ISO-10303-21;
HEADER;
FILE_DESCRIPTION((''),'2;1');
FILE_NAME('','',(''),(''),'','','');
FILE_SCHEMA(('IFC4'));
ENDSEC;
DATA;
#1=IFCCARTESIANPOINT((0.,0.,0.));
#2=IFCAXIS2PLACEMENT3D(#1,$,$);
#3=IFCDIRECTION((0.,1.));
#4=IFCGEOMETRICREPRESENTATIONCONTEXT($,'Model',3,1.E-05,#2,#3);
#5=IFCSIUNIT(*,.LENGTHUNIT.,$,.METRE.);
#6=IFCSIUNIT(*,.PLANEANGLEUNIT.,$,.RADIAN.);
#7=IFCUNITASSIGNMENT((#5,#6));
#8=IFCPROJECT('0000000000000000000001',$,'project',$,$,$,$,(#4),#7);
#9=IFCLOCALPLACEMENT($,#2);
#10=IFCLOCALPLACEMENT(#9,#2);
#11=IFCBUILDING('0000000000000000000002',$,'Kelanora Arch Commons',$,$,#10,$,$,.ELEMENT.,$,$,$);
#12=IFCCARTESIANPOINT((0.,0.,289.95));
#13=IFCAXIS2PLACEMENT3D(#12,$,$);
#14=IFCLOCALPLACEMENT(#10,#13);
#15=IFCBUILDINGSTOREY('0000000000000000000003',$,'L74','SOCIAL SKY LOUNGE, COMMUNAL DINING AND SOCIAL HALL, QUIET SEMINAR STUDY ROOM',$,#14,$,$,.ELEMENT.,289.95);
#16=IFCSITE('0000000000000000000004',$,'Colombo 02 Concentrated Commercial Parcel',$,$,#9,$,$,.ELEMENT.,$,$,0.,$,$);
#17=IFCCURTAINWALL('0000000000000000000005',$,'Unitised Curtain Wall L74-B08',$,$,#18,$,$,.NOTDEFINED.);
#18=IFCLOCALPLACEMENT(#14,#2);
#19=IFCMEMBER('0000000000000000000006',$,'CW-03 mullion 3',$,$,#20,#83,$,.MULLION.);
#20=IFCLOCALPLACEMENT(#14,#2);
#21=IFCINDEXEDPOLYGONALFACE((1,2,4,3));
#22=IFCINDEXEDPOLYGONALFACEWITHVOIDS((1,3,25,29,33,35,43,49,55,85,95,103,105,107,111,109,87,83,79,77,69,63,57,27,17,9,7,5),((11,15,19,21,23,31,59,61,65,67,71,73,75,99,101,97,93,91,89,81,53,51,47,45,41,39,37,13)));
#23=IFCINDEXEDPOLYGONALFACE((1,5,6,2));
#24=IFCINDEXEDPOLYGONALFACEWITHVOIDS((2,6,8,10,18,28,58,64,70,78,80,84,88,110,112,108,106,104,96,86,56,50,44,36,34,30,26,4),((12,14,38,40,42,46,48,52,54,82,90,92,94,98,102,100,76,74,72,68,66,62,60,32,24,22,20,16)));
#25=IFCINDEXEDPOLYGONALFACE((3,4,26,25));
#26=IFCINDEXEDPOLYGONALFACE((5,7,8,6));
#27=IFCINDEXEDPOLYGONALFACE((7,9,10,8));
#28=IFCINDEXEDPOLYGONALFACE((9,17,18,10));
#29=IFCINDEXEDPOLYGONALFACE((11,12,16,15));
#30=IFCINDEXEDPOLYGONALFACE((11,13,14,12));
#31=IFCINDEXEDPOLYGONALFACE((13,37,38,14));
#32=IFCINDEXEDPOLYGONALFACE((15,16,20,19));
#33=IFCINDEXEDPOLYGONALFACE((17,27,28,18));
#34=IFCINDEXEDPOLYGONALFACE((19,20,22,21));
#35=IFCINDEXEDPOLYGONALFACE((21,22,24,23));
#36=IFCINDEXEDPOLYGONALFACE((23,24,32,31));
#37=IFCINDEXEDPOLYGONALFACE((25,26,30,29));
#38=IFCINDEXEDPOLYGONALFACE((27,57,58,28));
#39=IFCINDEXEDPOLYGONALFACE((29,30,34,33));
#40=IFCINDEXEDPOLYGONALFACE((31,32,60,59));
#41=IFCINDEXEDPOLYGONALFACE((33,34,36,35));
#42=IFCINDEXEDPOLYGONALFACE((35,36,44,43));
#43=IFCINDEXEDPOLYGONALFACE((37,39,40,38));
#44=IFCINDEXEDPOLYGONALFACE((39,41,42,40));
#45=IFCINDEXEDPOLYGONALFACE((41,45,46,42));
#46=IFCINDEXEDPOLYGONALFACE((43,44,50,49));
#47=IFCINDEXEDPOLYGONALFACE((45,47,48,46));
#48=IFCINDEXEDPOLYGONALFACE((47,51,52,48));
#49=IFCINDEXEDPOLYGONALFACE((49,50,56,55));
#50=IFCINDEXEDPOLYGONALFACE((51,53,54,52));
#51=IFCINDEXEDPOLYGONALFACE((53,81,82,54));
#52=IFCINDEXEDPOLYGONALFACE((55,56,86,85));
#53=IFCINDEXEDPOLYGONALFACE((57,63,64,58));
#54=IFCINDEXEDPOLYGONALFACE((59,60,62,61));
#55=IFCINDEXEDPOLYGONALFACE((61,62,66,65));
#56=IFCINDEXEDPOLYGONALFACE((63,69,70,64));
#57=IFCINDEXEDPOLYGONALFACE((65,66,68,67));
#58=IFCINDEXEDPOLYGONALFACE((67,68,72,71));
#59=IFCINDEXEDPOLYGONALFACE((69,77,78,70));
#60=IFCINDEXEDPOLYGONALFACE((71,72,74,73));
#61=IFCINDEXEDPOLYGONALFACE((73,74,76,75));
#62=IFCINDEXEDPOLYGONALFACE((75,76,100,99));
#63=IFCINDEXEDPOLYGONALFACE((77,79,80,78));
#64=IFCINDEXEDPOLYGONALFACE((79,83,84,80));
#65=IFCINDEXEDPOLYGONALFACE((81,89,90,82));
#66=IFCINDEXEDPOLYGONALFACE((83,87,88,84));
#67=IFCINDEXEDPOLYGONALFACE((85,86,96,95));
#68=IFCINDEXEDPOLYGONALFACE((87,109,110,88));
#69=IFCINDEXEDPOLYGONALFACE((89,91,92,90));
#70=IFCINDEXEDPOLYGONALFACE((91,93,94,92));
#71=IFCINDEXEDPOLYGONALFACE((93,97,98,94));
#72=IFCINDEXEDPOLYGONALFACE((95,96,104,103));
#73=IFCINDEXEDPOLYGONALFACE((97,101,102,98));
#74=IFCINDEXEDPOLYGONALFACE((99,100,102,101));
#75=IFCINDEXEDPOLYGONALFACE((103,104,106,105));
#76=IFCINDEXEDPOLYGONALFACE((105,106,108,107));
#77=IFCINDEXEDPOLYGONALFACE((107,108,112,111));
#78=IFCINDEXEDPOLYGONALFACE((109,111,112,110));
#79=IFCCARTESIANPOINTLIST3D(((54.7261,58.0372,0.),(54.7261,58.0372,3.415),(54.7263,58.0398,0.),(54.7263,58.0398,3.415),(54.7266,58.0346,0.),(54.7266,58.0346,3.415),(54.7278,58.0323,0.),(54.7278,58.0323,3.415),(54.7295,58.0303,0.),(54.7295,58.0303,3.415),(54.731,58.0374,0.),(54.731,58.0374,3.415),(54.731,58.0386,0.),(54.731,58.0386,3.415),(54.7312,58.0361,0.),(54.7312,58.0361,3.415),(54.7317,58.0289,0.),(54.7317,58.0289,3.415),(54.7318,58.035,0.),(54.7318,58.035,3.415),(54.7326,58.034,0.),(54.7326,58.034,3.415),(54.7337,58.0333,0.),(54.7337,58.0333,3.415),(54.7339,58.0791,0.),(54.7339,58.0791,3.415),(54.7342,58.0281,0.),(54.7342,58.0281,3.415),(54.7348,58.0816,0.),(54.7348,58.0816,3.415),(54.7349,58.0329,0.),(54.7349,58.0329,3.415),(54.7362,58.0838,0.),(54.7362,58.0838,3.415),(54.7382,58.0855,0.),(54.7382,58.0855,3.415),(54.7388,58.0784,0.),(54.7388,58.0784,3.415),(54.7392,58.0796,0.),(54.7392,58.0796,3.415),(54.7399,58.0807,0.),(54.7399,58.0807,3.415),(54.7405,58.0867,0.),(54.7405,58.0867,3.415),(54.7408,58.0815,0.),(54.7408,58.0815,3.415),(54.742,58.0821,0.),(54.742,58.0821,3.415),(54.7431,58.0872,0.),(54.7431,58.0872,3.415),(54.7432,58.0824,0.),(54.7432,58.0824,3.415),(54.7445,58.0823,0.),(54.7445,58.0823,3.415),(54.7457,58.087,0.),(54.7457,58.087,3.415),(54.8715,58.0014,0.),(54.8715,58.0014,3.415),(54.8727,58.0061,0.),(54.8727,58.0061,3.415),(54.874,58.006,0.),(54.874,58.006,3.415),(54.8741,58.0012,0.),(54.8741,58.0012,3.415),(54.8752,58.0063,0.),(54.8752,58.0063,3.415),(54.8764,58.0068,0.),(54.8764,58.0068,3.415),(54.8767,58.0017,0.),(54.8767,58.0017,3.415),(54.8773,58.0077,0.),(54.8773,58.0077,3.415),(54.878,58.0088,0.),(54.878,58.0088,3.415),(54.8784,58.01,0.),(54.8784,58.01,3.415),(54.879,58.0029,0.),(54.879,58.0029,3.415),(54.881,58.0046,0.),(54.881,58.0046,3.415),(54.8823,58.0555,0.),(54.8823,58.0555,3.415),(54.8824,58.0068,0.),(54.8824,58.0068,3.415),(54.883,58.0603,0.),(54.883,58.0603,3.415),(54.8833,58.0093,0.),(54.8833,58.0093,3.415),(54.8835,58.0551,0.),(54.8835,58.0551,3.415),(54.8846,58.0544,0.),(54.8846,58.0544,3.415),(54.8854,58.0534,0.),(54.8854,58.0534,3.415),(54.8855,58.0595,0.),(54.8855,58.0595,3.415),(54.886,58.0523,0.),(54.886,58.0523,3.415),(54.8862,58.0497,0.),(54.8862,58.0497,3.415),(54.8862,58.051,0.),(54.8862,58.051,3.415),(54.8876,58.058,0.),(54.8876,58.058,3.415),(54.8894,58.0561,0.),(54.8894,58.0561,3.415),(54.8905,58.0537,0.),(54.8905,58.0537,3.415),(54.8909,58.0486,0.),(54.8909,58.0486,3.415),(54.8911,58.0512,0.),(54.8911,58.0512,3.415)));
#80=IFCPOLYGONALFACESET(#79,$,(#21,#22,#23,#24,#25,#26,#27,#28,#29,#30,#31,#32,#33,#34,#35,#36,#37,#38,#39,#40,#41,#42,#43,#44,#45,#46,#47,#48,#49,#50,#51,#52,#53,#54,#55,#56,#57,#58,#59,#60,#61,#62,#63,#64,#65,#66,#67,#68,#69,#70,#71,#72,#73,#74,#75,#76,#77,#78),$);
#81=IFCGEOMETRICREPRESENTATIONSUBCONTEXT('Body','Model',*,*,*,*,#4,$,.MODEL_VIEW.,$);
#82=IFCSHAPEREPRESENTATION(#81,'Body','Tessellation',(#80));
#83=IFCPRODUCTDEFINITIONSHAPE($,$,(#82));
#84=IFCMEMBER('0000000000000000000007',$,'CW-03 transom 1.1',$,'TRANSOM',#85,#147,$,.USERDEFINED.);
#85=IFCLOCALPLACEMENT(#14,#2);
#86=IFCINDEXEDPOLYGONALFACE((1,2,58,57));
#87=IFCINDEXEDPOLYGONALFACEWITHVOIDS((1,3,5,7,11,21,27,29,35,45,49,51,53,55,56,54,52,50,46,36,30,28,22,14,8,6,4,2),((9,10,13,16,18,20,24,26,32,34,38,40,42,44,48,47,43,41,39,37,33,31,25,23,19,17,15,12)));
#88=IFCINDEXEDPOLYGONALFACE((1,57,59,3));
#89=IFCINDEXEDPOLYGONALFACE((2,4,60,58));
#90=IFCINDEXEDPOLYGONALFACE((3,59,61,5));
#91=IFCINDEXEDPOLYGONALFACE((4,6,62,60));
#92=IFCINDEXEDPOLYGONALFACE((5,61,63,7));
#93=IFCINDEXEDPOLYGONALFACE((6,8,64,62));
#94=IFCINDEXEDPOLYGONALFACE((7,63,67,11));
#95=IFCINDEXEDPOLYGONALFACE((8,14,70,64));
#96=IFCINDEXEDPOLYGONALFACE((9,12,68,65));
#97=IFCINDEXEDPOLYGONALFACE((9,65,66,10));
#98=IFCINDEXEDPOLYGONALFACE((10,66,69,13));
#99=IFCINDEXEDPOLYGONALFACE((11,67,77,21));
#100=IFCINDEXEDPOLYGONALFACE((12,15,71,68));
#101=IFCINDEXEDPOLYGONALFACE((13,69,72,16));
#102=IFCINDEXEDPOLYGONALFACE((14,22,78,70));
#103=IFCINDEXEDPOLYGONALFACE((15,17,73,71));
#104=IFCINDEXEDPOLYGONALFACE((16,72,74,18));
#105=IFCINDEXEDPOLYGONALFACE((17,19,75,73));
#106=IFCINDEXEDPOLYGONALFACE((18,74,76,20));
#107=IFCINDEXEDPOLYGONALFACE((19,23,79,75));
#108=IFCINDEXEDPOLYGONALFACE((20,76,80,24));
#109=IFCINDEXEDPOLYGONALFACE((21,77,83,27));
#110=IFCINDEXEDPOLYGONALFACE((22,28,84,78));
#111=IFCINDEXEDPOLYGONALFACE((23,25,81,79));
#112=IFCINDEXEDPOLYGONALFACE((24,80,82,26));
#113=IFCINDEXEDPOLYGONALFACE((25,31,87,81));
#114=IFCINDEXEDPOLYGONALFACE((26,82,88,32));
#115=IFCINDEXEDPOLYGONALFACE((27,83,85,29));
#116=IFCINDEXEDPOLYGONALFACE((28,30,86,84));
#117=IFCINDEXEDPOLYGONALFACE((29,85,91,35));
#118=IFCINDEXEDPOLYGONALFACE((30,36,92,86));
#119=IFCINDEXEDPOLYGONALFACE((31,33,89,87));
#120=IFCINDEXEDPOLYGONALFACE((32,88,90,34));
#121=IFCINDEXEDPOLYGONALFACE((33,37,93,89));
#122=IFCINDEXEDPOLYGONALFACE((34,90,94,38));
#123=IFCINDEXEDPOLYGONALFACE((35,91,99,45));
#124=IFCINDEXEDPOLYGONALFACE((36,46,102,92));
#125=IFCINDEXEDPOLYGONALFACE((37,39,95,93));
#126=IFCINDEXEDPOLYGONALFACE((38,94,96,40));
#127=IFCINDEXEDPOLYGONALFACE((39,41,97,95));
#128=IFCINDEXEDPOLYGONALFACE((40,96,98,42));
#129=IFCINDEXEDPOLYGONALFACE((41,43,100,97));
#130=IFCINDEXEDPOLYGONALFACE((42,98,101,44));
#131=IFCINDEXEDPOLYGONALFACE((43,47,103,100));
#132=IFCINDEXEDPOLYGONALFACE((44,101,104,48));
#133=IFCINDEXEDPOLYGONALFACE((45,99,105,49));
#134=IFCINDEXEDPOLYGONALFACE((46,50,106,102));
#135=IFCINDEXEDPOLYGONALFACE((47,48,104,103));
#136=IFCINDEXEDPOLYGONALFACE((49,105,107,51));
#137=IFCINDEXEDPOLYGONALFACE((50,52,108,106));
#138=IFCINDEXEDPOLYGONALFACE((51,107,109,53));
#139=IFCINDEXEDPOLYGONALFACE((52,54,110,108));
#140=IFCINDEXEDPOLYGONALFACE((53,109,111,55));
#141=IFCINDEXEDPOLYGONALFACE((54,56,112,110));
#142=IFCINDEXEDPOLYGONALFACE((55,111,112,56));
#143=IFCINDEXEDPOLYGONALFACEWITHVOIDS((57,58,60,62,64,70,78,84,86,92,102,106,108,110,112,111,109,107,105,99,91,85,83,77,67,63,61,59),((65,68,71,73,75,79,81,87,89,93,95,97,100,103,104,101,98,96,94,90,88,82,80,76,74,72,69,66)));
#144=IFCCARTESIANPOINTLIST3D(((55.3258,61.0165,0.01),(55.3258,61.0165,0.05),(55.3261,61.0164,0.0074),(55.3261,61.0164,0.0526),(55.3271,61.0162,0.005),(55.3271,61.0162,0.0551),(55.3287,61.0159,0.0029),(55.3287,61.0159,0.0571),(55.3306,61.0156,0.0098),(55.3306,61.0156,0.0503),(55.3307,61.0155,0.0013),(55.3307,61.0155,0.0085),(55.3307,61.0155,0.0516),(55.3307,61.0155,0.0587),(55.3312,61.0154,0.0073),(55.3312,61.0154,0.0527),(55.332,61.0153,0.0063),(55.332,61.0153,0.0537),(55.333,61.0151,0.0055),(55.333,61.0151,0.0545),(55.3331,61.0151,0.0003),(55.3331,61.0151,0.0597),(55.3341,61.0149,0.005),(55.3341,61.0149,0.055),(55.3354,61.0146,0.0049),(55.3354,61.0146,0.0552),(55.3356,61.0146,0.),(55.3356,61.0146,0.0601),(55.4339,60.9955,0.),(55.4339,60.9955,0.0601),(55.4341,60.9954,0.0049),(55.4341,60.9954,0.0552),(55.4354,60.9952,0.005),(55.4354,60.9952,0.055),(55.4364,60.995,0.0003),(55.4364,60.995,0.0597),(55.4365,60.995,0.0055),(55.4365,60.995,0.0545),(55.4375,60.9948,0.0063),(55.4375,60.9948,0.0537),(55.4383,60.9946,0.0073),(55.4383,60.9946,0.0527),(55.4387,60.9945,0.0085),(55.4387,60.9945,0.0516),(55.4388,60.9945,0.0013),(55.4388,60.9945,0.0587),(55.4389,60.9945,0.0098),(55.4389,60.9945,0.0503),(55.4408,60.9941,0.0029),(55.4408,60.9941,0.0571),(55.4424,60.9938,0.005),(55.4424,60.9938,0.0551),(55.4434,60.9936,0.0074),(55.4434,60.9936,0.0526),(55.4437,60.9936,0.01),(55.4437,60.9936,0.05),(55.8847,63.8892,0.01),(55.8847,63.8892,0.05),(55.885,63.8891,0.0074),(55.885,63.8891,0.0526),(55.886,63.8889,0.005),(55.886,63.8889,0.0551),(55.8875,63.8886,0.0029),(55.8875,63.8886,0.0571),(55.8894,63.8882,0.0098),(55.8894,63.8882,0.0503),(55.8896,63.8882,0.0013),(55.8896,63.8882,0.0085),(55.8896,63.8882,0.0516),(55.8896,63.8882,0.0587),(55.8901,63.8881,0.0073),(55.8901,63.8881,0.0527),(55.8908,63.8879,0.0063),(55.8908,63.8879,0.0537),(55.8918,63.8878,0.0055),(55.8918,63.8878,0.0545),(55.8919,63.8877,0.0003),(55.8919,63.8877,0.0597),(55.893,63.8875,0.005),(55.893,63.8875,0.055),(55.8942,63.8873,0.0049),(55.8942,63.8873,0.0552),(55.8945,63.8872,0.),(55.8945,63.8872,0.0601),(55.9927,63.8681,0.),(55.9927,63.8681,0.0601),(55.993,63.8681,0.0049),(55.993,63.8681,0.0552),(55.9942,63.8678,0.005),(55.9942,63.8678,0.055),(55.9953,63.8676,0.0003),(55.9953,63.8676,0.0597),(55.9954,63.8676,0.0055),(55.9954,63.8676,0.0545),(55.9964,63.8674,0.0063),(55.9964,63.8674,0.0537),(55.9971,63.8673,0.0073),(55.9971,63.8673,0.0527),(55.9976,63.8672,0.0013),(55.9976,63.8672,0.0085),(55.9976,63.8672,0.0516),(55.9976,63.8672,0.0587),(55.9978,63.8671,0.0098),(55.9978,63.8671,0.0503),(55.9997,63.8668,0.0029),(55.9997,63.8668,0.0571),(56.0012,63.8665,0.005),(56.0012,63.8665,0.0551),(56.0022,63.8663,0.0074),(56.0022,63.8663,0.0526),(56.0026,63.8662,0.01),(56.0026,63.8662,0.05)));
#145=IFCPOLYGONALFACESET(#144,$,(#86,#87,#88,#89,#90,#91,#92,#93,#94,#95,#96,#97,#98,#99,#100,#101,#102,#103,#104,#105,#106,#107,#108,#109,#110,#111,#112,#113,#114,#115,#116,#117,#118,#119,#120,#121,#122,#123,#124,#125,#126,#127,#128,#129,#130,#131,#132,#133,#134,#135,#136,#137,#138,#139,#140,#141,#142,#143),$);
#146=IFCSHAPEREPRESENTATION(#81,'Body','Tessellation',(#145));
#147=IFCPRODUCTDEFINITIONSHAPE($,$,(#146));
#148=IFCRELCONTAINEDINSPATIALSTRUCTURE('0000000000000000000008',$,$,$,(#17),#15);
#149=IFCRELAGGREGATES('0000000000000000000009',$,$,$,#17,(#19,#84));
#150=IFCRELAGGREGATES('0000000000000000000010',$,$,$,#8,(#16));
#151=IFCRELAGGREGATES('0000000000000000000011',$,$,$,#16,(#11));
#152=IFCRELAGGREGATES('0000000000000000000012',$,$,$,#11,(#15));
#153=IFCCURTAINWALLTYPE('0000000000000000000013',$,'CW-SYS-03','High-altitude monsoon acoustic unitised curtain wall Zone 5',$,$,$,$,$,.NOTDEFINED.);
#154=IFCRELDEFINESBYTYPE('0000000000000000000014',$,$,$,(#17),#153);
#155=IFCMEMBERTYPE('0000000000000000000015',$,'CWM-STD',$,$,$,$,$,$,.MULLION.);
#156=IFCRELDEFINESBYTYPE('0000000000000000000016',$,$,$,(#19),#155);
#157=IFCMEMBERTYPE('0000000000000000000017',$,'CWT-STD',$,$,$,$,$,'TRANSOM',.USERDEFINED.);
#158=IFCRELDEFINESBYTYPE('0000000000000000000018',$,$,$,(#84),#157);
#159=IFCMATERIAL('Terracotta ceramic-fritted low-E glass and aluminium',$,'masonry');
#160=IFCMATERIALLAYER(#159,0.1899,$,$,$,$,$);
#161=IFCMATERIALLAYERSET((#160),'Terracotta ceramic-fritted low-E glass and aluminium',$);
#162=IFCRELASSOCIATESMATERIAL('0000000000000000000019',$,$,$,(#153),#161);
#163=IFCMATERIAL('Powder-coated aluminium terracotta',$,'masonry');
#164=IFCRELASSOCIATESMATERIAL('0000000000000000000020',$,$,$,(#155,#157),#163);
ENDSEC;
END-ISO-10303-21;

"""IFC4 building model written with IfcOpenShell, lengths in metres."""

from ifc_helpers import new_model, si_unit, direction, frame, origin, origin_2d, place, context, subcontext, project, spatial, hollow_rectangle, extrude, material, layer, layer_set, material_profile, profile_set, type_object, element, aggregate, save


model = new_model("IFC4")

# Units and contexts
model_context = context("Model", 3, precision=1e-05, world=origin(), true_north=direction((0.0, 1.0)))
body_context = subcontext(model_context, "Body", "Model", "MODEL_VIEW")
ifc_project = project(units=[si_unit("LENGTHUNIT", "METRE"), si_unit("PLANEANGLEUNIT", "RADIAN")], contexts=[model_context])

# Site, building, storey
site_placement = place(None, origin())
site = spatial("IfcSite", under=ifc_project, at=site_placement, Name="Colombo 02 Concentrated Commercial Parcel", CompositionType="ELEMENT", RefElevation=0.0)
building_placement = place(site_placement, origin())
building = spatial("IfcBuilding", under=site, at=building_placement, Name="Kelanora Arch Commons", CompositionType="ELEMENT")
storey_placement = place(building_placement, frame((0.0, 0.0, 289.95)))
storey = spatial("IfcBuildingStorey", under=building, at=storey_placement, Name="L74", Description="SOCIAL SKY LOUNGE, COMMUNAL DINING AND SOCIAL HALL, QUIET SEMINAR STUDY ROOM", CompositionType="ELEMENT", Elevation=289.95)

# Curtain wall, members
ifc_material_1 = material(Name="Terracotta ceramic-fritted low-E glass and aluminium", Category="masonry")
ifc_layer_1 = layer(ifc_material_1, 0.1899)
ifc_layer_set_1 = layer_set([ifc_layer_1], Name="Terracotta ceramic-fritted low-E glass and aluminium")
curtain_wall_type = type_object("IfcCurtainWallType", Name="CW-SYS-03", Description="High-altitude monsoon acoustic unitised curtain wall Zone 5", PredefinedType="NOTDEFINED", material=ifc_layer_set_1)
curtain_wall_placement = place(storey_placement, origin())
curtain_wall = element("IfcCurtainWall", 1, at=curtain_wall_placement, inside=storey, type_object=curtain_wall_type, Name="Unitised Curtain Wall L74-B08", PredefinedType="NOTDEFINED")
ifc_material_2 = material(Name="Powder-coated aluminium terracotta", Category="masonry")
ifc_material_profile_1 = material_profile(ifc_material_2, hollow_rectangle(XDim=0.1599, YDim=0.0601, WallThickness=0.0049, InnerFilletRadius=0.0049, OuterFilletRadius=0.01, at=origin_2d()), Name="CWM160x60")
ifc_profile_set_1 = profile_set([ifc_material_profile_1], Name="Powder-coated aluminium terracotta")
member_type_1 = type_object("IfcMemberType", Name="CWM-STD", PredefinedType="MULLION", material=ifc_profile_set_1)
member_1_placement = place(storey_placement, frame((54.8086, 58.0442, 0.0), z_axis=(0.0, 0.0, 1.0), x_axis=(0.981596, -0.190972, 0.0)))
member_1 = element("IfcMember", 2, at=member_1_placement, type_object=member_type_1, Name="CW-03 mullion 3", PredefinedType="MULLION", context=body_context, shape_type="SweptSolid", body=[
    extrude(hollow_rectangle(XDim=0.1599, YDim=0.0601, WallThickness=0.0049, InnerFilletRadius=0.0049, OuterFilletRadius=0.01, at=origin_2d()), origin(), (0.0, 0.0, 1.0), 3.415),
])
ifc_material_profile_2 = material_profile(ifc_material_2, hollow_rectangle(XDim=0.1201, YDim=0.0601, WallThickness=0.0049, InnerFilletRadius=0.0049, OuterFilletRadius=0.01, at=origin_2d()), Name="CWT120x60")
ifc_profile_set_2 = profile_set([ifc_material_profile_2], Name="Powder-coated aluminium terracotta")
member_type_2 = type_object("IfcMemberType", Name="CWT-STD", ElementType="TRANSOM", PredefinedType="USERDEFINED", material=ifc_profile_set_2)
member_2_placement = place(storey_placement, frame((55.9436, 63.8777, 0.03), z_axis=(-0.190963, -0.981597, 0.0), x_axis=(0.981597, -0.190963, 0.0)))
member_2 = element("IfcMember", 3, at=member_2_placement, type_object=member_type_2, Name="CW-03 transom 1.1", ObjectType="TRANSOM", PredefinedType="USERDEFINED", context=body_context, shape_type="SweptSolid", body=[
    extrude(hollow_rectangle(XDim=0.1201, YDim=0.0601, WallThickness=0.0049, InnerFilletRadius=0.0049, OuterFilletRadius=0.01, at=origin_2d()), origin(), (0.0, 0.0, 1.0), 2.9265),
])
aggregate(curtain_wall, [member_1, member_2])

save(model, "model.ifc")
